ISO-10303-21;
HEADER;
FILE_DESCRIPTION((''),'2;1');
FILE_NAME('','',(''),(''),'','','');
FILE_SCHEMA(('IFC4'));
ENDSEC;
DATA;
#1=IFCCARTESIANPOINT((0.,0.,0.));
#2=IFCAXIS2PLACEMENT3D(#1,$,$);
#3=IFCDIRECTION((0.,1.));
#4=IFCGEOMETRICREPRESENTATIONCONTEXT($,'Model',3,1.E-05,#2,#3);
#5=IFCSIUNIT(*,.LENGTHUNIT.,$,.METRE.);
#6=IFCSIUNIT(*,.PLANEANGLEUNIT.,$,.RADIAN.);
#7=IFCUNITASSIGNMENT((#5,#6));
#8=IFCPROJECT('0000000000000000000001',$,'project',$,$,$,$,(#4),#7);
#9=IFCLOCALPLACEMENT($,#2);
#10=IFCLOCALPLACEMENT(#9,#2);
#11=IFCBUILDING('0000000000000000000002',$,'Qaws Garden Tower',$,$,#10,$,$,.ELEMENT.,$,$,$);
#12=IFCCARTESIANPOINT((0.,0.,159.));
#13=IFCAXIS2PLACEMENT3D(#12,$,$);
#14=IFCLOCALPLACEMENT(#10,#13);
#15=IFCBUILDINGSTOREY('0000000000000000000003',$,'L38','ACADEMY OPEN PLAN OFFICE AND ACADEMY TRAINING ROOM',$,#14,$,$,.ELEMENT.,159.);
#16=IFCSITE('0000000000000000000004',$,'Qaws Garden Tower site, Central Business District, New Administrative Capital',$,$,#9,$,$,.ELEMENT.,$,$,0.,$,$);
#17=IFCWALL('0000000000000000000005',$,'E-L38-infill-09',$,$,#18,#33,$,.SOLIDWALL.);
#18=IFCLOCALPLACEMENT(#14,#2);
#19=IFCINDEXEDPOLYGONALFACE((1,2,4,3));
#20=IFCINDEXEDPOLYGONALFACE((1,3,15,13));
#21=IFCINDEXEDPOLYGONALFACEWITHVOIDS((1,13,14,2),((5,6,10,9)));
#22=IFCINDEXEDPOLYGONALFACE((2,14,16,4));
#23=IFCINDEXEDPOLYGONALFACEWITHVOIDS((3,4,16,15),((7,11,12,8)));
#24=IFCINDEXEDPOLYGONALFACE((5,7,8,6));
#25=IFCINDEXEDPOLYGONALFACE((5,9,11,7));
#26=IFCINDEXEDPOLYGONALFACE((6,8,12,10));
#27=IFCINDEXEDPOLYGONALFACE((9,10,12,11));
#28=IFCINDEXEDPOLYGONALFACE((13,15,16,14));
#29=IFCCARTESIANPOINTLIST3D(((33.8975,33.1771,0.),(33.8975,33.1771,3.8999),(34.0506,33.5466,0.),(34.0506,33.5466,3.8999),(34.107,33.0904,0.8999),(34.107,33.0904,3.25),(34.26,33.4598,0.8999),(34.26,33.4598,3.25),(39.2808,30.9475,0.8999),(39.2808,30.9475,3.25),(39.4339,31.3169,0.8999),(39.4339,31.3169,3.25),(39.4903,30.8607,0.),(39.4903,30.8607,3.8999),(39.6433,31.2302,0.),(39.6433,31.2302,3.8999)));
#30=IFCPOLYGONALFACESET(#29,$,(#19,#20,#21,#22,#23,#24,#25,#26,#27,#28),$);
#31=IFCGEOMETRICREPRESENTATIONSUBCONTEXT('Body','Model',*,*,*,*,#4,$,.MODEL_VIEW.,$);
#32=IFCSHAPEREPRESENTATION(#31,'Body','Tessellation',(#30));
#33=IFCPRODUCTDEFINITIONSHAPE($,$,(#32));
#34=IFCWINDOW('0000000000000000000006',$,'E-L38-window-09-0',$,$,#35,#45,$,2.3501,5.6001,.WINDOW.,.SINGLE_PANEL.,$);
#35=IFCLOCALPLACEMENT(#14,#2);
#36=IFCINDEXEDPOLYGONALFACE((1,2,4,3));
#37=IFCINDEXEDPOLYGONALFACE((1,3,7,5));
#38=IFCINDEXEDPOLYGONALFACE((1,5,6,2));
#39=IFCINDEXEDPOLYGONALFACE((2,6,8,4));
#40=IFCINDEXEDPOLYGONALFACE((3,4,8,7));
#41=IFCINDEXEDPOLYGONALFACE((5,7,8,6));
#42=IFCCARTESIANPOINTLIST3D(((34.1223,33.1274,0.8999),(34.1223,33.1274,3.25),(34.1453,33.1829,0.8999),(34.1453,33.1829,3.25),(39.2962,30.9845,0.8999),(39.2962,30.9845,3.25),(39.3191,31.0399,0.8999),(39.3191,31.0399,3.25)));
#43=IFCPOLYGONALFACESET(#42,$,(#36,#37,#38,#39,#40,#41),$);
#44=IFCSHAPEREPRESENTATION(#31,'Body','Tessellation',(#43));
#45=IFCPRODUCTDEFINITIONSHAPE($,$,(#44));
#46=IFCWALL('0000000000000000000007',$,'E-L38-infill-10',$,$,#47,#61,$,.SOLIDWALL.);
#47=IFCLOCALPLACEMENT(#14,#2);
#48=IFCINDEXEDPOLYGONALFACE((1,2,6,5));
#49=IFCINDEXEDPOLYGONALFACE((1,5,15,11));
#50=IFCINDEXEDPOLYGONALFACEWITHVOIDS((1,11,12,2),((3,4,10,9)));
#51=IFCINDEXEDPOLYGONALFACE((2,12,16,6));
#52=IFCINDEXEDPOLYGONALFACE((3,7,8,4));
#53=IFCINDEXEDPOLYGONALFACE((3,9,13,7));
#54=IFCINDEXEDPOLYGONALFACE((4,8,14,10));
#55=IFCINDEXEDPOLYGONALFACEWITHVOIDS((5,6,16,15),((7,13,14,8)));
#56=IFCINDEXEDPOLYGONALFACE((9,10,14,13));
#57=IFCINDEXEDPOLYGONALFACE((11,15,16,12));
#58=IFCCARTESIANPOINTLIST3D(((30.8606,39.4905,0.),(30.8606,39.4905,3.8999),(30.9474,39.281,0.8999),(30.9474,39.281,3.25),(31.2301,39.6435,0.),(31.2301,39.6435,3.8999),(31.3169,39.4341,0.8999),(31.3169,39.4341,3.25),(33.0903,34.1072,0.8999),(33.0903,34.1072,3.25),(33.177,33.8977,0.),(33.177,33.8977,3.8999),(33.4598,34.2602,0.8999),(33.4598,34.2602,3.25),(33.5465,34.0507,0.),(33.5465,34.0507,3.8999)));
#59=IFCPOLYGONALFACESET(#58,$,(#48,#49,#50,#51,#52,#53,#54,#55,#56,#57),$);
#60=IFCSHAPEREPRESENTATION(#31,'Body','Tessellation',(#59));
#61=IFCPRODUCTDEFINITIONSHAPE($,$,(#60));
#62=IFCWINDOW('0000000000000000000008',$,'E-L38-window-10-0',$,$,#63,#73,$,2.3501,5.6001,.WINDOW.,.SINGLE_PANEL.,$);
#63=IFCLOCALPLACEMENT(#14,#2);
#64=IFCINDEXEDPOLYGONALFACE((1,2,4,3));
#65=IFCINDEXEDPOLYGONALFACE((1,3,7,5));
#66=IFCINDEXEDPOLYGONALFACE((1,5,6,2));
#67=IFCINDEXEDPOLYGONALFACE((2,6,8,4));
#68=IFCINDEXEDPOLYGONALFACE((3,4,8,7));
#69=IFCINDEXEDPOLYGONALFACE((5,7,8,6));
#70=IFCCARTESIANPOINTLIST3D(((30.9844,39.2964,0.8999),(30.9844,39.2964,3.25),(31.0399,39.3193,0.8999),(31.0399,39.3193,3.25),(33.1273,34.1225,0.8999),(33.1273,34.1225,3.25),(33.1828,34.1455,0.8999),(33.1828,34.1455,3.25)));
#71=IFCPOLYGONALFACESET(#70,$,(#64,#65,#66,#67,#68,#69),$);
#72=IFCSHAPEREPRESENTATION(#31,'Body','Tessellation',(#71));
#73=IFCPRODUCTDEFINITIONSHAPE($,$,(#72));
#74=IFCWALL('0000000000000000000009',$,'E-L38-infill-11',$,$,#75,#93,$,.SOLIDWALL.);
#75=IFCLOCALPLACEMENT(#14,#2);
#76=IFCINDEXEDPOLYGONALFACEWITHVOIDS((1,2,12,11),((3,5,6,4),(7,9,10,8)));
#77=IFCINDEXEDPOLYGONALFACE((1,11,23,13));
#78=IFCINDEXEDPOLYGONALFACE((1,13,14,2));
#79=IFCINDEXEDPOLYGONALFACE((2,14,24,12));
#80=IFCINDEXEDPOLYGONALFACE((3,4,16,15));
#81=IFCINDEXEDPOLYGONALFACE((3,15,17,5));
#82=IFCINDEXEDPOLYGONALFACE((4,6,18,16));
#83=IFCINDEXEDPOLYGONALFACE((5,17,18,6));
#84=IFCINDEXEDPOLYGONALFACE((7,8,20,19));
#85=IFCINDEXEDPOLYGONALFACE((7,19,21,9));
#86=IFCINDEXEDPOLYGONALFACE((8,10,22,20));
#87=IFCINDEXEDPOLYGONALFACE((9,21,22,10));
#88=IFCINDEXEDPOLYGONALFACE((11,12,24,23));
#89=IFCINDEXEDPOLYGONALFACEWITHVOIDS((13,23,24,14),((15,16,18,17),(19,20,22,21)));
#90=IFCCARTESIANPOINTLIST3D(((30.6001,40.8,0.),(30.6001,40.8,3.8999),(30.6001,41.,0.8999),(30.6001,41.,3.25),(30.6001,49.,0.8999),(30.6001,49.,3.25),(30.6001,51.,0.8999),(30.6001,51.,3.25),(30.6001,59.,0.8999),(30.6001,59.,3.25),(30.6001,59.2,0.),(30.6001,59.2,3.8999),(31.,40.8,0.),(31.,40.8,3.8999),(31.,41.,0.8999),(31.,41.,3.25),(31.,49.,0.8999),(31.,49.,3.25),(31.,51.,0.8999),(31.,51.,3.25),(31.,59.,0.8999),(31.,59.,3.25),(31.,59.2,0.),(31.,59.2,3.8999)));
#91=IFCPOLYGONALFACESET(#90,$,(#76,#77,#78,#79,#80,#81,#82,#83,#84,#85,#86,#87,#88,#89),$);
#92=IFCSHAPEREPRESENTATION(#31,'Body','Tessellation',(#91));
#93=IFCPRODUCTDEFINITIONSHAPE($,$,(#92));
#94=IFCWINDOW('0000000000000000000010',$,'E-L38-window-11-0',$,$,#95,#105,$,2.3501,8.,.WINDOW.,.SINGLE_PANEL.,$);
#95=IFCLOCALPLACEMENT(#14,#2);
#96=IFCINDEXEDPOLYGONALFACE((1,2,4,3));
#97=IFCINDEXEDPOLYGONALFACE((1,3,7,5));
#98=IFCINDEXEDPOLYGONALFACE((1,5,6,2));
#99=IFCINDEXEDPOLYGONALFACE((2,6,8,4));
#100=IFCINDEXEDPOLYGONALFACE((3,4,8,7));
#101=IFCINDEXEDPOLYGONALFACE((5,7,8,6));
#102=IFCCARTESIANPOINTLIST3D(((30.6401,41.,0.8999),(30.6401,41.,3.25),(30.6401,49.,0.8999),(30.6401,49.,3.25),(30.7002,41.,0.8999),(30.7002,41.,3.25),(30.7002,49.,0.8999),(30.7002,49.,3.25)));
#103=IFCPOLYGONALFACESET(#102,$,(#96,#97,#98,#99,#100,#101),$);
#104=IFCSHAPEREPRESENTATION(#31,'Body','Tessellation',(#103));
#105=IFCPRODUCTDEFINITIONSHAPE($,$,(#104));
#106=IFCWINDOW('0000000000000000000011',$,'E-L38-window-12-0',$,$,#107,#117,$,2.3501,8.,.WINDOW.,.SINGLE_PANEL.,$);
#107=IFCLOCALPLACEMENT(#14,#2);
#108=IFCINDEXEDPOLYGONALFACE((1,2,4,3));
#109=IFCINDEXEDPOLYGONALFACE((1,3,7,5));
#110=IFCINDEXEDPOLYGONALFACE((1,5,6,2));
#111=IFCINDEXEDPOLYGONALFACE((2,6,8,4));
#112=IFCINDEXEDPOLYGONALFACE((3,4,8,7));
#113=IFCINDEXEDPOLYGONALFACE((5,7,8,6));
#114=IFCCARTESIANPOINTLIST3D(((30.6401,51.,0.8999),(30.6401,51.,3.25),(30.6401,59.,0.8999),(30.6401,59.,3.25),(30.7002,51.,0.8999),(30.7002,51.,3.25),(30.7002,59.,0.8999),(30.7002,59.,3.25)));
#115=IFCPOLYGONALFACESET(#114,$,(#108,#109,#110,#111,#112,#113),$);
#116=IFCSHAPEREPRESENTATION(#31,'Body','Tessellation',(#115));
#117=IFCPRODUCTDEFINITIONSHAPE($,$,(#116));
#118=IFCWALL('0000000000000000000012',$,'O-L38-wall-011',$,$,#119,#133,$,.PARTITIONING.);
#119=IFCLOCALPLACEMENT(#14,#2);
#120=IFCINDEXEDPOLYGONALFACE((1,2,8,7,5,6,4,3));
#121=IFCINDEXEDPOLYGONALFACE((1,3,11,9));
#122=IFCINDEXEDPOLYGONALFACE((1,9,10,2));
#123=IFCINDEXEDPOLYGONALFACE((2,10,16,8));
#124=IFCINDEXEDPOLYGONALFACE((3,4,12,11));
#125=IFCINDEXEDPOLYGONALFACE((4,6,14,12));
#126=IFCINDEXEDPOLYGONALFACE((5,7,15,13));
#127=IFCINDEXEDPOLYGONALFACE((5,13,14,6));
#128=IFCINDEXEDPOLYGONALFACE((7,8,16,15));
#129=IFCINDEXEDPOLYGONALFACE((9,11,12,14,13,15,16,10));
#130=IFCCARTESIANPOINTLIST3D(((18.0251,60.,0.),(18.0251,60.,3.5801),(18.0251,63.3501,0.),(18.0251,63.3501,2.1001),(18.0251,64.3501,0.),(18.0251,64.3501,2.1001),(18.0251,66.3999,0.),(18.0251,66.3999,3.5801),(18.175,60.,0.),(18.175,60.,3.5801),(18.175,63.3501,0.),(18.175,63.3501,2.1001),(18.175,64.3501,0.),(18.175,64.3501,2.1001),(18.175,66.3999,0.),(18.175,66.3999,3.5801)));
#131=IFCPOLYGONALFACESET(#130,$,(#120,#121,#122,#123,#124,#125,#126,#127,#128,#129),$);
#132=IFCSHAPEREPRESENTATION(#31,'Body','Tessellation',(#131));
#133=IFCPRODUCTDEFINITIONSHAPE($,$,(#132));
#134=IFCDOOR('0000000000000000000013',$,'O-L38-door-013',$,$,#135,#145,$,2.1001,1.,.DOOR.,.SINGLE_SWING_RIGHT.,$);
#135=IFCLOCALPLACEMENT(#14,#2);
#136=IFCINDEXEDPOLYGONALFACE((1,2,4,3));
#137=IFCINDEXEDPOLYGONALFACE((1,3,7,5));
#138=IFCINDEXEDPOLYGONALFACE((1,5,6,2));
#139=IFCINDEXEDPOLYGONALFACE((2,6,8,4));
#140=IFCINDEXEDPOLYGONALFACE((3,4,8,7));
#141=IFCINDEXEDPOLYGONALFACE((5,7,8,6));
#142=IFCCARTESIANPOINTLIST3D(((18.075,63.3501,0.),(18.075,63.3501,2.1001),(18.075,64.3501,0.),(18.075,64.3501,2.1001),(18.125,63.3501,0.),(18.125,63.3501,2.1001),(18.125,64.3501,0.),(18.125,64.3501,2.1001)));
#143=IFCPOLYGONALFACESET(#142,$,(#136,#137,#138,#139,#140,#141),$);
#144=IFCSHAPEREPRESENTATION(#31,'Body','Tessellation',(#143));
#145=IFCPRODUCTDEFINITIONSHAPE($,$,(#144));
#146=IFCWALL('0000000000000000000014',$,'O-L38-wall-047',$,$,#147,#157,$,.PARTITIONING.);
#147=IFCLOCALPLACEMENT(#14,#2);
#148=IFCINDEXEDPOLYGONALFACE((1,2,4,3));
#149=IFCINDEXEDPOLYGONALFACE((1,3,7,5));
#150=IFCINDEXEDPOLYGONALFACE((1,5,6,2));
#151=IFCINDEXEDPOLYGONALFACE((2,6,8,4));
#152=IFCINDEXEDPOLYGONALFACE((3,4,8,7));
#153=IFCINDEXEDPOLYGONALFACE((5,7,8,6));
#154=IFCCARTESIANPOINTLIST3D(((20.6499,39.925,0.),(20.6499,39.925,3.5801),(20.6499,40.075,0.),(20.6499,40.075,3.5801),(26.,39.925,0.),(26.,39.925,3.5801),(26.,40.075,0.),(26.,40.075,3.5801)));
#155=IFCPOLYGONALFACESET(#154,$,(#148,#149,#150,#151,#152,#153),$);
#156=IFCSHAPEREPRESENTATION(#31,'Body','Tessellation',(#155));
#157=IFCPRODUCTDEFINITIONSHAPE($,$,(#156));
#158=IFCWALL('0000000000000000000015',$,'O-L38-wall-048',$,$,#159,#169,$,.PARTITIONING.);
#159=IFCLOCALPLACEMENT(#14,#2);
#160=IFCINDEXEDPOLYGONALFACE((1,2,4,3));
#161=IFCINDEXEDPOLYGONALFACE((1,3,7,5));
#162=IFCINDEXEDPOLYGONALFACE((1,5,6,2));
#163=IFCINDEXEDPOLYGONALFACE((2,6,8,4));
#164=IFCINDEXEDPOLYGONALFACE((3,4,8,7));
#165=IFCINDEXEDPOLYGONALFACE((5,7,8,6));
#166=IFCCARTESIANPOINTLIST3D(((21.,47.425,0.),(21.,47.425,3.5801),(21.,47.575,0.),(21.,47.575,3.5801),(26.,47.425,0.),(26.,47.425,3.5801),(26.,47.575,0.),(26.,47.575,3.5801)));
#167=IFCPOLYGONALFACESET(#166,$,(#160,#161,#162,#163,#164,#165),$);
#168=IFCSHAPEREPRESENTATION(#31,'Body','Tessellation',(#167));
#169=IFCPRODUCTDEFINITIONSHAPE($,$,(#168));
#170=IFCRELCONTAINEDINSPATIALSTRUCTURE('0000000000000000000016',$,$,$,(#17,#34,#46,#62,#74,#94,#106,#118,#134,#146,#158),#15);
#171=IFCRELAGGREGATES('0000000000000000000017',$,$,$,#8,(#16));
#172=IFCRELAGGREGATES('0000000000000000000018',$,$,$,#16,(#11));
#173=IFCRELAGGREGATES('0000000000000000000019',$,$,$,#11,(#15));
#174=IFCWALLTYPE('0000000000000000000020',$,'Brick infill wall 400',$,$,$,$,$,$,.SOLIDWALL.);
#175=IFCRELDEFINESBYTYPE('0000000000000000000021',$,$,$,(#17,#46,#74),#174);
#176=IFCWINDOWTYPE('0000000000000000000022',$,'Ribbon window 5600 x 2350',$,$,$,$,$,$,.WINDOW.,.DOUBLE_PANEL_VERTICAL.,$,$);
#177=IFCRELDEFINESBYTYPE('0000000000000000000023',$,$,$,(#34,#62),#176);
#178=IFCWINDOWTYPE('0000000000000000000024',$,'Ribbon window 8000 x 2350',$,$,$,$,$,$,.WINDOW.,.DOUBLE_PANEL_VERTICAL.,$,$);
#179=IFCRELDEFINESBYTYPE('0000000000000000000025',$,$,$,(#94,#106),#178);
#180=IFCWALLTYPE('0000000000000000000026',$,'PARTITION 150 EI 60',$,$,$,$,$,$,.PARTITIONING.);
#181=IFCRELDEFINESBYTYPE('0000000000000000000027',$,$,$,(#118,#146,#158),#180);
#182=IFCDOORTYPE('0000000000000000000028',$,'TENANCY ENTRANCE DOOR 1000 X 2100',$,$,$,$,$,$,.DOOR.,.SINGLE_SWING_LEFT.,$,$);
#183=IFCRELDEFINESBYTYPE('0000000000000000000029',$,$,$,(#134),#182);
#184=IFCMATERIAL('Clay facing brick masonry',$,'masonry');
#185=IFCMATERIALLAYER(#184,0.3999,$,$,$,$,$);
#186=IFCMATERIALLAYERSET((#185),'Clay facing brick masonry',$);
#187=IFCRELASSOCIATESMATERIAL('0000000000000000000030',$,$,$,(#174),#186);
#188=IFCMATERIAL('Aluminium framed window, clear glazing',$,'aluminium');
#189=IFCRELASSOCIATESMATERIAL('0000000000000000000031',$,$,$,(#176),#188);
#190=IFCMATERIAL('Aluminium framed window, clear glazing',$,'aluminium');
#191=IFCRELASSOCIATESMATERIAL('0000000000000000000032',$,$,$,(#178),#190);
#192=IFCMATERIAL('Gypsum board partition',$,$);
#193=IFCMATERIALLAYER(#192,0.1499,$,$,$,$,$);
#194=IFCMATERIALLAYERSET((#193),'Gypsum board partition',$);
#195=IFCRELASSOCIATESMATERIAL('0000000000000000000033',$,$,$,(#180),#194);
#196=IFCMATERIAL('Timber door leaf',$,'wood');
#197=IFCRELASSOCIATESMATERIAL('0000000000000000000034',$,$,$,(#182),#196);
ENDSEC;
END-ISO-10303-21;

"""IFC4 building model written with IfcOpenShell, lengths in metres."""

from ifc_helpers import new_model, si_unit, direction, frame, frame_2d, origin, place, context, subcontext, project, spatial, rectangle, extrude, material, layer, layer_set, type_object, element, fill, save


model = new_model("IFC4")

# Units and contexts
model_context = context("Model", 3, precision=1e-05, world=origin(), true_north=direction((0.0, 1.0)))
body_context = subcontext(model_context, "Body", "Model", "MODEL_VIEW")
ifc_project = project(units=[si_unit("LENGTHUNIT", "METRE"), si_unit("PLANEANGLEUNIT", "RADIAN")], contexts=[model_context])

# Site, building, storey
site_placement = place(None, origin())
site = spatial("IfcSite", under=ifc_project, at=site_placement, Name="Qaws Garden Tower site, Central Business District, New Administrative Capital", CompositionType="ELEMENT", RefElevation=0.0)
building_placement = place(site_placement, origin())
building = spatial("IfcBuilding", under=site, at=building_placement, Name="Qaws Garden Tower", CompositionType="ELEMENT")
storey_placement = place(building_placement, frame((0.0, 0.0, 159.0)))
storey = spatial("IfcBuildingStorey", under=building, at=storey_placement, Name="L38", Description="ACADEMY OPEN PLAN OFFICE AND ACADEMY TRAINING ROOM", CompositionType="ELEMENT", Elevation=159.0)

# Walls, openings, windows
ifc_material_1 = material(Name="Clay facing brick masonry", Category="masonry")
ifc_layer_1 = layer(ifc_material_1, 0.3999)
ifc_layer_set_1 = layer_set([ifc_layer_1], Name="Clay facing brick masonry")
wall_type_1 = type_object("IfcWallType", Name="Brick infill wall 400", PredefinedType="SOLIDWALL", material=ifc_layer_set_1)
wall_1_placement = place(storey_placement, frame((39.5669, 31.0454, 0.0), z_axis=(0.0, 0.0, 1.0), x_axis=(-0.923891, 0.382656, 0.0)))
wall_1 = element("IfcWall", 1, at=wall_1_placement, inside=storey, type_object=wall_type_1, Name="E-L38-infill-09", PredefinedType="SOLIDWALL", context=body_context, shape_type="SweptSolid", body=[
    extrude(rectangle(XDim=6.0535, YDim=0.3999, at=frame_2d((3.0269, 0.0))), origin(), (0.0, 0.0, 1.0), 3.8999),
])
opening_1_placement = place(wall_1_placement, frame((0.2268, 0.0, 0.8999)))
opening_1 = element("IfcOpeningElement", 2, at=opening_1_placement, cuts=wall_1, PredefinedType="OPENING", context=body_context, shape_type="SweptSolid", body=[
    extrude(rectangle(XDim=5.6001, YDim=2.3501, at=frame_2d((2.8, 1.175))), frame((0.0, 0.21, 0.0), z_axis=(0.0, -1.0, 0.0), x_axis=(1.0, 0.0, 0.0)), (0.0, 0.0, 1.0), 0.4199),
])
ifc_material_2 = material(Name="Aluminium framed window, clear glazing", Category="aluminium")
window_type_1 = type_object("IfcWindowType", Name="Ribbon window 5600 x 2350", PartitioningType="DOUBLE_PANEL_VERTICAL", PredefinedType="WINDOW", material=ifc_material_2)
window_1_placement = place(opening_1_placement, origin())
window_1 = element("IfcWindow", 3, at=window_1_placement, inside=storey, type_object=window_type_1, Name="E-L38-window-09-0", OverallHeight=2.3501, OverallWidth=5.6001, PartitioningType="SINGLE_PANEL", PredefinedType="WINDOW", context=body_context, shape_type="SweptSolid", body=[
    extrude(rectangle(XDim=5.6001, YDim=2.3501, at=frame_2d((2.8, 1.175))), frame((0.0, 0.1599, 0.0), z_axis=(0.0, -1.0, 0.0), x_axis=(1.0, 0.0, 0.0)), (0.0, 0.0, 1.0), 0.0601),
])
fill(opening_1, window_1)
wall_2_placement = place(storey_placement, frame((33.3618, 33.9741, 0.0), z_axis=(0.0, 0.0, 1.0), x_axis=(-0.382656, 0.923891, 0.0)))
wall_2 = element("IfcWall", 4, at=wall_2_placement, inside=storey, type_object=wall_type_1, Name="E-L38-infill-10", PredefinedType="SOLIDWALL", context=body_context, shape_type="SweptSolid", body=[
    extrude(rectangle(XDim=6.0535, YDim=0.3999, at=frame_2d((3.0269, 0.0))), origin(), (0.0, 0.0, 1.0), 3.8999),
])
opening_2_placement = place(wall_2_placement, frame((0.2268, 0.0, 0.8999)))
opening_2 = element("IfcOpeningElement", 5, at=opening_2_placement, cuts=wall_2, PredefinedType="OPENING", context=body_context, shape_type="SweptSolid", body=[
    extrude(rectangle(XDim=5.6001, YDim=2.3501, at=frame_2d((2.8, 1.175))), frame((0.0, 0.21, 0.0), z_axis=(0.0, -1.0, 0.0), x_axis=(1.0, 0.0, 0.0)), (0.0, 0.0, 1.0), 0.4199),
])
window_2_placement = place(opening_2_placement, origin())
window_2 = element("IfcWindow", 6, at=window_2_placement, inside=storey, type_object=window_type_1, Name="E-L38-window-10-0", OverallHeight=2.3501, OverallWidth=5.6001, PartitioningType="SINGLE_PANEL", PredefinedType="WINDOW", context=body_context, shape_type="SweptSolid", body=[
    extrude(rectangle(XDim=5.6001, YDim=2.3501, at=frame_2d((2.8, 1.175))), frame((0.0, 0.1599, 0.0), z_axis=(0.0, -1.0, 0.0), x_axis=(1.0, 0.0, 0.0)), (0.0, 0.0, 1.0), 0.0601),
])
fill(opening_2, window_2)

# Wall, openings, windows
wall_3_placement = place(storey_placement, frame((30.8, 40.8, 0.0), z_axis=(0.0, 0.0, 1.0), x_axis=(0.0, 1.0, 0.0)))
wall_3 = element("IfcWall", 7, at=wall_3_placement, inside=storey, type_object=wall_type_1, Name="E-L38-infill-11", PredefinedType="SOLIDWALL", context=body_context, shape_type="SweptSolid", body=[
    extrude(rectangle(XDim=18.3999, YDim=0.3999, at=frame_2d((9.2, 0.0))), origin(), (0.0, 0.0, 1.0), 3.8999),
])
opening_3_placement = place(wall_3_placement, frame((0.2, 0.0, 0.8999)))
opening_3 = element("IfcOpeningElement", 8, at=opening_3_placement, cuts=wall_3, PredefinedType="OPENING", context=body_context, shape_type="SweptSolid", body=[
    extrude(rectangle(XDim=8.0, YDim=2.3501, at=frame_2d((4.0, 1.175))), frame((0.0, 0.21, 0.0), z_axis=(0.0, -1.0, 0.0), x_axis=(1.0, 0.0, 0.0)), (0.0, 0.0, 1.0), 0.4199),
])
opening_4_placement = place(wall_3_placement, frame((10.2, 0.0, 0.8999)))
opening_4 = element("IfcOpeningElement", 9, at=opening_4_placement, cuts=wall_3, PredefinedType="OPENING", context=body_context, shape_type="SweptSolid", body=[
    extrude(rectangle(XDim=8.0, YDim=2.3501, at=frame_2d((4.0, 1.175))), frame((0.0, 0.21, 0.0), z_axis=(0.0, -1.0, 0.0), x_axis=(1.0, 0.0, 0.0)), (0.0, 0.0, 1.0), 0.4199),
])
ifc_material_3 = material(Name="Aluminium framed window, clear glazing", Category="aluminium")
window_type_2 = type_object("IfcWindowType", Name="Ribbon window 8000 x 2350", PartitioningType="DOUBLE_PANEL_VERTICAL", PredefinedType="WINDOW", material=ifc_material_3)
window_3_placement = place(opening_3_placement, origin())
window_3 = element("IfcWindow", 10, at=window_3_placement, inside=storey, type_object=window_type_2, Name="E-L38-window-11-0", OverallHeight=2.3501, OverallWidth=8.0, PartitioningType="SINGLE_PANEL", PredefinedType="WINDOW", context=body_context, shape_type="SweptSolid", body=[
    extrude(rectangle(XDim=8.0, YDim=2.3501, at=frame_2d((4.0, 1.175))), frame((0.0, 0.1599, 0.0), z_axis=(0.0, -1.0, 0.0), x_axis=(1.0, 0.0, 0.0)), (0.0, 0.0, 1.0), 0.0601),
])
fill(opening_3, window_3)
window_4_placement = place(opening_4_placement, origin())
window_4 = element("IfcWindow", 11, at=window_4_placement, inside=storey, type_object=window_type_2, Name="E-L38-window-12-0", OverallHeight=2.3501, OverallWidth=8.0, PartitioningType="SINGLE_PANEL", PredefinedType="WINDOW", context=body_context, shape_type="SweptSolid", body=[
    extrude(rectangle(XDim=8.0, YDim=2.3501, at=frame_2d((4.0, 1.175))), frame((0.0, 0.1599, 0.0), z_axis=(0.0, -1.0, 0.0), x_axis=(1.0, 0.0, 0.0)), (0.0, 0.0, 1.0), 0.0601),
])
fill(opening_4, window_4)

# Wall, opening, door
ifc_material_4 = material(Name="Gypsum board partition")
ifc_layer_2 = layer(ifc_material_4, 0.1499)
ifc_layer_set_2 = layer_set([ifc_layer_2], Name="Gypsum board partition")
wall_type_2 = type_object("IfcWallType", Name="PARTITION 150 EI 60", PredefinedType="PARTITIONING", material=ifc_layer_set_2)
wall_4_placement = place(storey_placement, frame((18.1001, 60.0, 0.0), z_axis=(0.0, 0.0, 1.0), x_axis=(0.0, 1.0, 0.0)))
wall_4 = element("IfcWall", 12, at=wall_4_placement, inside=storey, type_object=wall_type_2, Name="O-L38-wall-011", PredefinedType="PARTITIONING", context=body_context, shape_type="SweptSolid", body=[
    extrude(rectangle(XDim=6.3999, YDim=0.1499, at=frame_2d((3.2, 0.0))), origin(), (0.0, 0.0, 1.0), 3.5801),
])
opening_5_placement = place(wall_4_placement, frame((3.3501, 0.0, 0.0)))
opening_5 = element("IfcOpeningElement", 13, at=opening_5_placement, cuts=wall_4, PredefinedType="OPENING", context=body_context, shape_type="SweptSolid", body=[
    extrude(rectangle(XDim=1.0, YDim=2.1001, at=frame_2d((0.5, 1.05))), frame((0.0, 0.085, 0.0), z_axis=(0.0, -1.0, 0.0), x_axis=(1.0, 0.0, 0.0)), (0.0, 0.0, 1.0), 0.1699),
])
ifc_material_5 = material(Name="Timber door leaf", Category="wood")
door_type = type_object("IfcDoorType", Name="TENANCY ENTRANCE DOOR 1000 X 2100", OperationType="SINGLE_SWING_LEFT", PredefinedType="DOOR", material=ifc_material_5)
door_placement = place(opening_5_placement, frame((1.0, 0.0, 0.0), z_axis=(0.0, 0.0, 1.0), x_axis=(-1.0, 0.0, 0.0)))
door = element("IfcDoor", 14, at=door_placement, inside=storey, type_object=door_type, Name="O-L38-door-013", OperationType="SINGLE_SWING_RIGHT", OverallHeight=2.1001, OverallWidth=1.0, PredefinedType="DOOR", context=body_context, shape_type="SweptSolid", body=[
    extrude(rectangle(XDim=1.0, YDim=2.1001, at=frame_2d((0.5, 1.05))), frame((0.0, 0.0249, 0.0), z_axis=(0.0, -1.0, 0.0), x_axis=(1.0, 0.0, 0.0)), (0.0, 0.0, 1.0), 0.05),
])
fill(opening_5, door)

# Walls
wall_5_placement = place(storey_placement, frame((20.6499, 40.0, 0.0), z_axis=(0.0, 0.0, 1.0), x_axis=(1.0, 0.0, 0.0)))
element("IfcWall", 15, at=wall_5_placement, inside=storey, type_object=wall_type_2, Name="O-L38-wall-047", PredefinedType="PARTITIONING", context=body_context, shape_type="SweptSolid", body=[
    extrude(rectangle(XDim=5.3501, YDim=0.1499, at=frame_2d((2.675, 0.0))), origin(), (0.0, 0.0, 1.0), 3.5801),
])
for number, where, z_axis, x_axis, name in (
    (16, (21.0, 47.5, 0.0), (0.0, 0.0, 1.0), (1.0, 0.0, 0.0), "O-L38-wall-048"),
):
    element("IfcWall", number, at=place(storey_placement, frame(where, z_axis=z_axis, x_axis=x_axis)), inside=storey, type_object=wall_type_2, Name=name, PredefinedType="PARTITIONING", context=body_context, shape_type="SweptSolid", body=[
        extrude(rectangle(XDim=5.0, YDim=0.1499, at=frame_2d((2.5, 0.0))), origin(), (0.0, 0.0, 1.0), 3.5801),
    ])

save(model, "model.ifc")
